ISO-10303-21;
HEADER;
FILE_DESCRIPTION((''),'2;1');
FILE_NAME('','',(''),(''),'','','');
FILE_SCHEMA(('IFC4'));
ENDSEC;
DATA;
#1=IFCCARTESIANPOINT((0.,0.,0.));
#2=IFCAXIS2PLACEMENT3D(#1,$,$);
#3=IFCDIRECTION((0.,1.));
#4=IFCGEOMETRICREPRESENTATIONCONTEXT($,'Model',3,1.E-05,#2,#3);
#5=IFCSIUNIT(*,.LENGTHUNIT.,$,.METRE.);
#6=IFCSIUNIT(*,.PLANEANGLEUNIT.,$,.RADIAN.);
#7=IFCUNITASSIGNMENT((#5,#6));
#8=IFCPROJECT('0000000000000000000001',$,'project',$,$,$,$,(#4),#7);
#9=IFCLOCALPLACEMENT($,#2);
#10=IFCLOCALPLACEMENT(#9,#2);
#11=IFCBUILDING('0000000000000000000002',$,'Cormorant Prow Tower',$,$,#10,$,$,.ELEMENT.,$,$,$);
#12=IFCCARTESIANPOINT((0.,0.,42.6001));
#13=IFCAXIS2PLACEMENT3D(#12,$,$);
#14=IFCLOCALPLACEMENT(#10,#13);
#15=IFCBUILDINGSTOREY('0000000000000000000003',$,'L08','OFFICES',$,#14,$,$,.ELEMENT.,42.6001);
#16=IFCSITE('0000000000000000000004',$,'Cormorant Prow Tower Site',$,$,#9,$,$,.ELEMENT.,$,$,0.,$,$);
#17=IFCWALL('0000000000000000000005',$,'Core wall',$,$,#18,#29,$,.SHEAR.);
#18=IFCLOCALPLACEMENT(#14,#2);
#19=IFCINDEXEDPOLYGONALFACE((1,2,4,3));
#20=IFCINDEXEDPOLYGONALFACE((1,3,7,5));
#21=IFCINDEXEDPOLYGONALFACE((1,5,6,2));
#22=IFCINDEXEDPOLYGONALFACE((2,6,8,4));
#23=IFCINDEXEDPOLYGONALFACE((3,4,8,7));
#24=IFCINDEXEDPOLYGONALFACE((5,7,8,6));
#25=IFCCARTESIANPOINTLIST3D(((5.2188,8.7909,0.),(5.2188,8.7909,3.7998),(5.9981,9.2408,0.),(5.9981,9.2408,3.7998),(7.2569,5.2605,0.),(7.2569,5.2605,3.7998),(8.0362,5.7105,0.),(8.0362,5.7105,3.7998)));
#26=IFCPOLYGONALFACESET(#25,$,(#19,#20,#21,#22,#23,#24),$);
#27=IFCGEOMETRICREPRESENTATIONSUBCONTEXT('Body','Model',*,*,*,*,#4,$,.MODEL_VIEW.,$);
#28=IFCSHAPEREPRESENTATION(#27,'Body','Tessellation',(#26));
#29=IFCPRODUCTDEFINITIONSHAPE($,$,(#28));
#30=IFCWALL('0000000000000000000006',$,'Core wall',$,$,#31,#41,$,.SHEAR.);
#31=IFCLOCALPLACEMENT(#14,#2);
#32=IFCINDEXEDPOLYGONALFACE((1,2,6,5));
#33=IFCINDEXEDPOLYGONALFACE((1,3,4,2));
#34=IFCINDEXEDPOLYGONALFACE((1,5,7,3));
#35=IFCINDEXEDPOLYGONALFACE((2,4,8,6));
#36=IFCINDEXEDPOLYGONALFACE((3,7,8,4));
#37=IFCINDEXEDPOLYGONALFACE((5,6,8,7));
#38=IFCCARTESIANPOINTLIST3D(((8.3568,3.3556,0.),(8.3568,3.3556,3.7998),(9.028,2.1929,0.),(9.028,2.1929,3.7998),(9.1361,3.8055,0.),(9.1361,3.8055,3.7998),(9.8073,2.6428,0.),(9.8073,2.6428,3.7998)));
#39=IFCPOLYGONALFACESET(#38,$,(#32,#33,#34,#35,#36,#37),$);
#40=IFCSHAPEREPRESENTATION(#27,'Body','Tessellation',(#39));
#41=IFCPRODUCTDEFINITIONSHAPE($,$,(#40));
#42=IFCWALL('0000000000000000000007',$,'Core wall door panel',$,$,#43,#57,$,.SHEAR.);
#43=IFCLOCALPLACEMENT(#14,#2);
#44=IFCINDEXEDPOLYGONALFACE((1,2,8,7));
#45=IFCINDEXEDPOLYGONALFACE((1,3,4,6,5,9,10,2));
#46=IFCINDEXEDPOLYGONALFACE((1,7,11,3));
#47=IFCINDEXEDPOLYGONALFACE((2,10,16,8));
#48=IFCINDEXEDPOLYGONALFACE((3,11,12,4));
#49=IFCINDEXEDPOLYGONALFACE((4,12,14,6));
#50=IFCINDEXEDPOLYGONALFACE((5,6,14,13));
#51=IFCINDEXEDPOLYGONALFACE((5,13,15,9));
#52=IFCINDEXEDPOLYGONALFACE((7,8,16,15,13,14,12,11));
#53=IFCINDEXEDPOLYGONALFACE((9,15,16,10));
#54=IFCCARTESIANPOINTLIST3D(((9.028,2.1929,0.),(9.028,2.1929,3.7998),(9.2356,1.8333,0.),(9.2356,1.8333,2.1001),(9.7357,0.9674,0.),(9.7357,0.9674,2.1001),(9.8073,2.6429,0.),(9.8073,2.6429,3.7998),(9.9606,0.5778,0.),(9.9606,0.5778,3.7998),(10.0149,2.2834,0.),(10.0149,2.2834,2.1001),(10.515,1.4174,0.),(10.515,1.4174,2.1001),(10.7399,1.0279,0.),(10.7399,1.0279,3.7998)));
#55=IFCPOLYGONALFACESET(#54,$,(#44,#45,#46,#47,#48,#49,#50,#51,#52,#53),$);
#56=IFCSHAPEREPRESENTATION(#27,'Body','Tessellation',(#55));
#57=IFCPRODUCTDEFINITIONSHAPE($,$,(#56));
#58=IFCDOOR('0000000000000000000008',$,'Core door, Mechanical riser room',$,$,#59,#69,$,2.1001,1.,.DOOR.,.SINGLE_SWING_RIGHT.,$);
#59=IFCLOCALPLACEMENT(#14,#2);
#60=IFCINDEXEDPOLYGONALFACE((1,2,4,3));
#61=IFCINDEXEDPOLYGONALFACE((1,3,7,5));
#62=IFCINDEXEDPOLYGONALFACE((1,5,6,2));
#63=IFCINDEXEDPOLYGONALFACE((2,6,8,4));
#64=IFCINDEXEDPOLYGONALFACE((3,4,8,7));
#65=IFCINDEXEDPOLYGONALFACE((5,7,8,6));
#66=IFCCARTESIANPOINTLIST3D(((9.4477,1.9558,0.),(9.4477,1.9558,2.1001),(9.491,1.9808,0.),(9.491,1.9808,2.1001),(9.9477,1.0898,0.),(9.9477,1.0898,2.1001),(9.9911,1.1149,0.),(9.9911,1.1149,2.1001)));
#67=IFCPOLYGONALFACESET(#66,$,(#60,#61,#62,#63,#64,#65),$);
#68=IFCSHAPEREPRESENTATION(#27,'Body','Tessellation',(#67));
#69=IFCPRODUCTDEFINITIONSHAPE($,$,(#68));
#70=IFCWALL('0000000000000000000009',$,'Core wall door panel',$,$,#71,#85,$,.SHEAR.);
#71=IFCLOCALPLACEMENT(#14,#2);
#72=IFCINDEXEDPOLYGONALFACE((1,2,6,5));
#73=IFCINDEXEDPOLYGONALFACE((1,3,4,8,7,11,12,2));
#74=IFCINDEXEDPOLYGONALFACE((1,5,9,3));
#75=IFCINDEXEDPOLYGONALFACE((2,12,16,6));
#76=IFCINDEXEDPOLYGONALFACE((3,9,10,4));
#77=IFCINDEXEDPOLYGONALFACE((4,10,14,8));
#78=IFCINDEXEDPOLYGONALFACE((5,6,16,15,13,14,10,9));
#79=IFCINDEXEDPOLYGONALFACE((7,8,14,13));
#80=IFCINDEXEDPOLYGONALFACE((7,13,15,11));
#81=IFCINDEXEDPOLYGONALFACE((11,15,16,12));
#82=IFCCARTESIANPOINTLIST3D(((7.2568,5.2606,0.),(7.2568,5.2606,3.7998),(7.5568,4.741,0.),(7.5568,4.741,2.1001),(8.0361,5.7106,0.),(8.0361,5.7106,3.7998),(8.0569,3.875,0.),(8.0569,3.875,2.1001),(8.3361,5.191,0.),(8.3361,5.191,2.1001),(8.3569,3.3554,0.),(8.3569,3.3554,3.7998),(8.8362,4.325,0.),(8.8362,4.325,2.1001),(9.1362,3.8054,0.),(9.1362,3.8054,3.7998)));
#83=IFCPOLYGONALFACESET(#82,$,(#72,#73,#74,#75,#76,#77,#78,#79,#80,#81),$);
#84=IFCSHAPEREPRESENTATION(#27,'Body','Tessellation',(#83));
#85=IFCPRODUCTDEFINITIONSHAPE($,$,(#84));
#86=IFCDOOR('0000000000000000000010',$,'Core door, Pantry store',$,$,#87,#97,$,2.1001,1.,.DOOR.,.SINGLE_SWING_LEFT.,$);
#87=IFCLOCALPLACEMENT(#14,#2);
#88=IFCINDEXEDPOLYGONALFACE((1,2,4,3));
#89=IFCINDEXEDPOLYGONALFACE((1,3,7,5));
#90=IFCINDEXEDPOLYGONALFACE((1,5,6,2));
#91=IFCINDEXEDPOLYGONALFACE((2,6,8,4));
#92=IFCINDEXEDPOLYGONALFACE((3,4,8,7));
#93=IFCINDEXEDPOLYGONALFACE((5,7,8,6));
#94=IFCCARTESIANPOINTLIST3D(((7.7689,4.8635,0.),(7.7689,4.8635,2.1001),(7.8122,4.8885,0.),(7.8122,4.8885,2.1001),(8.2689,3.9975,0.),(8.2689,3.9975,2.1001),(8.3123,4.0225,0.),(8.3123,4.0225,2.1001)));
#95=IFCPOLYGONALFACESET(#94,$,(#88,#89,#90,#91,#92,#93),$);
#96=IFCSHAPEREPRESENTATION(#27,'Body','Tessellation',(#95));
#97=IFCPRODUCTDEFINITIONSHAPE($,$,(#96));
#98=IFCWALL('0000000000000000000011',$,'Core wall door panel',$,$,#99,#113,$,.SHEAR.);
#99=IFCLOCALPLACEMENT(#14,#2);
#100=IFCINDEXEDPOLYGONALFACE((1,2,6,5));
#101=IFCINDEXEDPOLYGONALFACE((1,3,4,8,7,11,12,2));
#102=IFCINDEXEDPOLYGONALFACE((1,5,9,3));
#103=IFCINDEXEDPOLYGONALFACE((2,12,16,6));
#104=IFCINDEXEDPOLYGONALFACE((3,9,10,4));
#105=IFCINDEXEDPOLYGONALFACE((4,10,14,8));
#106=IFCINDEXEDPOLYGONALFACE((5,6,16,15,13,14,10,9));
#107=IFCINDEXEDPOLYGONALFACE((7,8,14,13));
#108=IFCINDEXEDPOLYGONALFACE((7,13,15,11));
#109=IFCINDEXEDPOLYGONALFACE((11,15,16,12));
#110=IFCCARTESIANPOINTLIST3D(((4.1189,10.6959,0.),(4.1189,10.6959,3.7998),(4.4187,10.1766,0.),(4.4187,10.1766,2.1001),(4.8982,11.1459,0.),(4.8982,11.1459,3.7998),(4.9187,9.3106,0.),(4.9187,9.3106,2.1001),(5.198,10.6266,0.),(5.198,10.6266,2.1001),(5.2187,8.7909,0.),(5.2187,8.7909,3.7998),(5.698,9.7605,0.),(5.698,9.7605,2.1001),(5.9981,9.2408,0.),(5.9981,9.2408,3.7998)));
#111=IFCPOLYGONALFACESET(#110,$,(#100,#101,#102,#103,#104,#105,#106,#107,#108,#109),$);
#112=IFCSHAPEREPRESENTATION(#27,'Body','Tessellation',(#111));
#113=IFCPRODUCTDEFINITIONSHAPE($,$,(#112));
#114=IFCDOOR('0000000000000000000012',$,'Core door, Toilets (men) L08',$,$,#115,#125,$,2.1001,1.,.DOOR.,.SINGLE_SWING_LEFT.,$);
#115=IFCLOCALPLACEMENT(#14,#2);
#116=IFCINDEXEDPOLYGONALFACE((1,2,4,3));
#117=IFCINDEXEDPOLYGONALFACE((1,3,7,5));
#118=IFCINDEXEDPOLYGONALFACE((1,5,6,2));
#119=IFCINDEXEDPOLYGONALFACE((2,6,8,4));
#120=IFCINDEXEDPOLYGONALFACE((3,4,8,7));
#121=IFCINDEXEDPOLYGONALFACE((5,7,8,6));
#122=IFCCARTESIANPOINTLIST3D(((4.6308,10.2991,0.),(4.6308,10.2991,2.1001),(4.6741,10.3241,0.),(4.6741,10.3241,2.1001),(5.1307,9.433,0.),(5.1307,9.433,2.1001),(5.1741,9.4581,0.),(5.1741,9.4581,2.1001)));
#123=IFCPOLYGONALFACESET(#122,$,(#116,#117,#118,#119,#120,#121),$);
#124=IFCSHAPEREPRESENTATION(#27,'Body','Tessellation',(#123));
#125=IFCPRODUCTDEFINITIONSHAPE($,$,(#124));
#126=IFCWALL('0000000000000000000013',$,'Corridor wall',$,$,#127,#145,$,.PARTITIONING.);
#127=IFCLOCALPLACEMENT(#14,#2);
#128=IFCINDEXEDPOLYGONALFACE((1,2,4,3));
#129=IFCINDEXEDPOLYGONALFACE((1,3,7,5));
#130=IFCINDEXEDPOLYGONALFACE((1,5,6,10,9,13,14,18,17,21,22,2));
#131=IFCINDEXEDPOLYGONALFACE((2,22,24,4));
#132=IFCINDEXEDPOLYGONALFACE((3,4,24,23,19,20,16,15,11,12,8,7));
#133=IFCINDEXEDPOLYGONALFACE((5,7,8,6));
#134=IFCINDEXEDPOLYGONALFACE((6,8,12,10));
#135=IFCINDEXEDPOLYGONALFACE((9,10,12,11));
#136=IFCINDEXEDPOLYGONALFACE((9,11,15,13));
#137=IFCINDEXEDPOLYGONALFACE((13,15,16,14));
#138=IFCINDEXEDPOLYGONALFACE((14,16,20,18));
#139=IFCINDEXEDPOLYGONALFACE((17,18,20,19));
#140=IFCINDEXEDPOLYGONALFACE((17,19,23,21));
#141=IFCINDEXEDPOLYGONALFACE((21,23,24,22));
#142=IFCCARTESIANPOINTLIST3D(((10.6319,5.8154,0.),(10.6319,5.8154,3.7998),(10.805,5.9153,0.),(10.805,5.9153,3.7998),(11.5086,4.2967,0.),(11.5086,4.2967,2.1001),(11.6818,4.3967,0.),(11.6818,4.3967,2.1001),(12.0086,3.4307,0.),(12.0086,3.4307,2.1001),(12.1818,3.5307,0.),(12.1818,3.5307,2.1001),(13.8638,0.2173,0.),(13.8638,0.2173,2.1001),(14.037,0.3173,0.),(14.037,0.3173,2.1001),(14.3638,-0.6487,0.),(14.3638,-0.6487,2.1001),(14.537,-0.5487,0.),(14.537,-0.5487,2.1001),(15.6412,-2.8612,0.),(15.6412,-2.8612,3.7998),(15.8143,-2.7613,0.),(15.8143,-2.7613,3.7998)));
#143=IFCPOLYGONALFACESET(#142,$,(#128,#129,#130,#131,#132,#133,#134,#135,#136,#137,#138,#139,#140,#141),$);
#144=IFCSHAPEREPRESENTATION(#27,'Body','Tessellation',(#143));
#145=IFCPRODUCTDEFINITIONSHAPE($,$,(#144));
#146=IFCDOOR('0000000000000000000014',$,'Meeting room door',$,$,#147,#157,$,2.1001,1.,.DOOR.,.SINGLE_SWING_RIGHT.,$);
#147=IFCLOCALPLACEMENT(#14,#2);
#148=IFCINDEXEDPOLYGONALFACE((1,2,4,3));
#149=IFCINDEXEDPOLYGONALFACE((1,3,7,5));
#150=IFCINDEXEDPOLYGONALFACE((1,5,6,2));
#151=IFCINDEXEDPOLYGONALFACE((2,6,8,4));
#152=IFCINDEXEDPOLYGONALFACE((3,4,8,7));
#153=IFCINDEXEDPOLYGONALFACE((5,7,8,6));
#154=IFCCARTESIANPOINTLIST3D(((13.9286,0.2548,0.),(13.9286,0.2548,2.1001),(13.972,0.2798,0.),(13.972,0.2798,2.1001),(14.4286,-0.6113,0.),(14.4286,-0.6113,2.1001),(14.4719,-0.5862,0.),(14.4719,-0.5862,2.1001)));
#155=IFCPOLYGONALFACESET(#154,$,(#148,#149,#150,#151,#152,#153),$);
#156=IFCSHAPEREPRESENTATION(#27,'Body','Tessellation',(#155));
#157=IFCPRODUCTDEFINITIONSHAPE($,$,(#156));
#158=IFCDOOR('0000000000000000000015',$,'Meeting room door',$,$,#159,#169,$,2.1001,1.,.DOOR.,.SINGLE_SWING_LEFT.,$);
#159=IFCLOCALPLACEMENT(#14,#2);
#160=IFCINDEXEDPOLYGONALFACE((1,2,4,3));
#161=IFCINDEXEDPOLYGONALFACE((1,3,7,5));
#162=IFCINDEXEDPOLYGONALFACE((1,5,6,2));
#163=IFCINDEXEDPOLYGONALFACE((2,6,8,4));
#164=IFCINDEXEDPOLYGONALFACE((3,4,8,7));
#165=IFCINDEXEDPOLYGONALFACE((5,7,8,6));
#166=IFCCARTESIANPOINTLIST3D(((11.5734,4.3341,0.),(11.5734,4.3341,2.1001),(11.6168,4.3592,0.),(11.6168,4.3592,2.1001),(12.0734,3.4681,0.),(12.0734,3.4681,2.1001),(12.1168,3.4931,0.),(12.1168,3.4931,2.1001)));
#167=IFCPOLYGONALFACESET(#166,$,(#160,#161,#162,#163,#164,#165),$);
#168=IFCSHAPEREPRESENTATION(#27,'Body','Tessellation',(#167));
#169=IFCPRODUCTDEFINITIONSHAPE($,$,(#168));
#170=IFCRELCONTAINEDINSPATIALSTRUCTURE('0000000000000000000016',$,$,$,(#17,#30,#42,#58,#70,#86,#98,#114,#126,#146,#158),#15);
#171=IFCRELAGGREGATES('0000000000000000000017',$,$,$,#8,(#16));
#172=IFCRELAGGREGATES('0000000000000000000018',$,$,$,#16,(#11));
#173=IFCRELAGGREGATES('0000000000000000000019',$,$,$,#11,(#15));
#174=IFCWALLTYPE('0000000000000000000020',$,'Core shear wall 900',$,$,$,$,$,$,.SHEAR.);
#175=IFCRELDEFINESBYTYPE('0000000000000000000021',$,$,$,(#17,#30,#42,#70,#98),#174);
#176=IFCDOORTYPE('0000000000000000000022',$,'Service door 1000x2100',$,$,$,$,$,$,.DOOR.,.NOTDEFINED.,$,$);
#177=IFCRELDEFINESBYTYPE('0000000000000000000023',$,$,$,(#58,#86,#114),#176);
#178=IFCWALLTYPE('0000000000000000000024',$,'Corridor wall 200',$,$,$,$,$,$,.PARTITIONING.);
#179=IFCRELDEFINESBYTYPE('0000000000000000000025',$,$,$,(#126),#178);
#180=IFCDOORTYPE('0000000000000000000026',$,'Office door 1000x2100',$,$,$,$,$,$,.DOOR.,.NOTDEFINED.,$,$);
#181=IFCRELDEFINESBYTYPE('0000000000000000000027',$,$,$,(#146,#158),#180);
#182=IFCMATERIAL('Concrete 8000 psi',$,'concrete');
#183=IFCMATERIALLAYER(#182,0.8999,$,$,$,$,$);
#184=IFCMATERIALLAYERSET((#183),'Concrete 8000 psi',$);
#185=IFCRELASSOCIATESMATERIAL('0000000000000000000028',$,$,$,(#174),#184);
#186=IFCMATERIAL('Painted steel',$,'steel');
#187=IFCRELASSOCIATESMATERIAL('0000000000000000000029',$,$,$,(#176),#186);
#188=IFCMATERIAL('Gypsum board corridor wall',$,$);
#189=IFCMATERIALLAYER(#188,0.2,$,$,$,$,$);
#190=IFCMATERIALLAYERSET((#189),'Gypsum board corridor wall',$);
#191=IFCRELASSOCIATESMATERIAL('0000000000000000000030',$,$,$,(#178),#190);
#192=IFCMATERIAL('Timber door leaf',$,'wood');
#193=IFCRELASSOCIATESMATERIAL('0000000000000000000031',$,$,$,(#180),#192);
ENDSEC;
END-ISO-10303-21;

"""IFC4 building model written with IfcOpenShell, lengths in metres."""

from ifc_helpers import new_model, si_unit, direction, frame, frame_2d, origin, place, context, subcontext, project, spatial, rectangle, extrude, material, layer, layer_set, type_object, element, fill, save


model = new_model("IFC4")

# Units and contexts
model_context = context("Model", 3, precision=1e-05, world=origin(), true_north=direction((0.0, 1.0)))
body_context = subcontext(model_context, "Body", "Model", "MODEL_VIEW")
ifc_project = project(units=[si_unit("LENGTHUNIT", "METRE"), si_unit("PLANEANGLEUNIT", "RADIAN")], contexts=[model_context])

# Site, building, storey
site_placement = place(None, origin())
site = spatial("IfcSite", under=ifc_project, at=site_placement, Name="Cormorant Prow Tower Site", CompositionType="ELEMENT", RefElevation=0.0)
building_placement = place(site_placement, origin())
building = spatial("IfcBuilding", under=site, at=building_placement, Name="Cormorant Prow Tower", CompositionType="ELEMENT")
storey_placement = place(building_placement, frame((0.0, 0.0, 42.6001)))
storey = spatial("IfcBuildingStorey", under=building, at=storey_placement, Name="L08", Description="OFFICES", CompositionType="ELEMENT", Elevation=42.6001)

# Walls
ifc_material_1 = material(Name="Concrete 8000 psi", Category="concrete")
ifc_layer_1 = layer(ifc_material_1, 0.8999)
ifc_layer_set_1 = layer_set([ifc_layer_1], Name="Concrete 8000 psi")
wall_type_1 = type_object("IfcWallType", Name="Core shear wall 900", PredefinedType="SHEAR", material=ifc_layer_set_1)
wall_1_placement = place(storey_placement, frame((7.6465, 5.4856, 0.0), z_axis=(0.0, 0.0, 1.0), x_axis=(-0.499978, 0.866038, 0.0)))
element("IfcWall", 1, at=wall_1_placement, inside=storey, type_object=wall_type_1, Name="Core wall", PredefinedType="SHEAR", context=body_context, shape_type="SweptSolid", body=[
    extrude(rectangle(XDim=4.0764, YDim=0.8999, at=frame_2d((2.0381, 0.0))), origin(), (0.0, 0.0, 1.0), 3.7998),
])
wall_2_placement = place(storey_placement, frame((9.4177, 2.4177, 0.0), z_axis=(0.0, 0.0, 1.0), x_axis=(-0.499953, 0.866052, 0.0)))
element("IfcWall", 2, at=wall_2_placement, inside=storey, type_object=wall_type_1, Name="Core wall", PredefinedType="SHEAR", context=body_context, shape_type="SweptSolid", body=[
    extrude(rectangle(XDim=1.3425, YDim=0.8999, at=frame_2d((0.6714, 0.0))), origin(), (0.0, 0.0, 1.0), 3.7998),
])

# Walls, openings, doors
wall_3_placement = place(storey_placement, frame((10.3503, 0.8027, 0.0), z_axis=(0.0, 0.0, 1.0), x_axis=(-0.500081, 0.865978, 0.0)))
wall_3 = element("IfcWall", 3, at=wall_3_placement, inside=storey, type_object=wall_type_1, Name="Core wall door panel", PredefinedType="SHEAR", context=body_context, shape_type="SweptSolid", body=[
    extrude(rectangle(XDim=1.865, YDim=0.8999, at=frame_2d((0.9326, 0.0))), origin(), (0.0, 0.0, 1.0), 3.7998),
])
opening_1_placement = place(wall_3_placement, frame((0.45, 0.0, 0.0)))
opening_1 = element("IfcOpeningElement", 4, at=opening_1_placement, cuts=wall_3, PredefinedType="OPENING", context=body_context, shape_type="SweptSolid", body=[
    extrude(rectangle(XDim=1.0, YDim=2.1001, at=frame_2d((0.5, 1.05))), frame((0.0, 0.46, 0.0), z_axis=(0.0, -1.0, 0.0), x_axis=(1.0, 0.0, 0.0)), (0.0, 0.0, 1.0), 0.9199),
])
ifc_material_2 = material(Name="Painted steel", Category="steel")
door_type_1 = type_object("IfcDoorType", Name="Service door 1000x2100", OperationType="NOTDEFINED", PredefinedType="DOOR", material=ifc_material_2)
door_1_placement = place(opening_1_placement, origin())
door_1 = element("IfcDoor", 5, at=door_1_placement, inside=storey, type_object=door_type_1, Name="Core door, Mechanical riser room", OperationType="SINGLE_SWING_RIGHT", OverallHeight=2.1001, OverallWidth=1.0, PredefinedType="DOOR", context=body_context, shape_type="SweptSolid", body=[
    extrude(rectangle(XDim=1.0, YDim=2.1001, at=frame_2d((0.5, 1.05))), frame((0.0, 0.2051, 0.0), z_axis=(0.0, -1.0, 0.0), x_axis=(1.0, 0.0, 0.0)), (0.0, 0.0, 1.0), 0.05),
])
fill(opening_1, door_1)
wall_4_placement = place(storey_placement, frame((8.7466, 3.5803, 0.0), z_axis=(0.0, 0.0, 1.0), x_axis=(-0.50003, 0.866008, 0.0)))
wall_4 = element("IfcWall", 6, at=wall_4_placement, inside=storey, type_object=wall_type_1, Name="Core wall door panel", PredefinedType="SHEAR", context=body_context, shape_type="SweptSolid", body=[
    extrude(rectangle(XDim=2.2, YDim=0.8999, at=frame_2d((1.1001, 0.0))), origin(), (0.0, 0.0, 1.0), 3.7998),
])
opening_2_placement = place(wall_4_placement, frame((0.6001, 0.0, 0.0)))
opening_2 = element("IfcOpeningElement", 7, at=opening_2_placement, cuts=wall_4, PredefinedType="OPENING", context=body_context, shape_type="SweptSolid", body=[
    extrude(rectangle(XDim=1.0, YDim=2.1001, at=frame_2d((0.5, 1.05))), frame((0.0, 0.46, 0.0), z_axis=(0.0, -1.0, 0.0), x_axis=(1.0, 0.0, 0.0)), (0.0, 0.0, 1.0), 0.9199),
])
door_2_placement = place(opening_2_placement, origin())
door_2 = element("IfcDoor", 8, at=door_2_placement, inside=storey, type_object=door_type_1, Name="Core door, Pantry store", OperationType="SINGLE_SWING_LEFT", OverallHeight=2.1001, OverallWidth=1.0, PredefinedType="DOOR", context=body_context, shape_type="SweptSolid", body=[
    extrude(rectangle(XDim=1.0, YDim=2.1001, at=frame_2d((0.5, 1.05))), frame((0.0, 0.2051, 0.0), z_axis=(0.0, -1.0, 0.0), x_axis=(1.0, 0.0, 0.0)), (0.0, 0.0, 1.0), 0.05),
])
fill(opening_2, door_2)
wall_5_placement = place(storey_placement, frame((5.6084, 9.0159, 0.0), z_axis=(0.0, 0.0, 1.0), x_axis=(-0.499995, 0.866028, 0.0)))
wall_5 = element("IfcWall", 9, at=wall_5_placement, inside=storey, type_object=wall_type_1, Name="Core wall door panel", PredefinedType="SHEAR", context=body_context, shape_type="SweptSolid", body=[
    extrude(rectangle(XDim=2.1997, YDim=0.8999, at=frame_2d((1.0999, 0.0))), origin(), (0.0, 0.0, 1.0), 3.7998),
])
opening_3_placement = place(wall_5_placement, frame((0.6001, 0.0, 0.0)))
opening_3 = element("IfcOpeningElement", 10, at=opening_3_placement, cuts=wall_5, PredefinedType="OPENING", context=body_context, shape_type="SweptSolid", body=[
    extrude(rectangle(XDim=1.0, YDim=2.1001, at=frame_2d((0.5, 1.05))), frame((0.0, 0.46, 0.0), z_axis=(0.0, -1.0, 0.0), x_axis=(1.0, 0.0, 0.0)), (0.0, 0.0, 1.0), 0.9199),
])
door_3_placement = place(opening_3_placement, origin())
door_3 = element("IfcDoor", 11, at=door_3_placement, inside=storey, type_object=door_type_1, Name="Core door, Toilets (men) L08", OperationType="SINGLE_SWING_LEFT", OverallHeight=2.1001, OverallWidth=1.0, PredefinedType="DOOR", context=body_context, shape_type="SweptSolid", body=[
    extrude(rectangle(XDim=1.0, YDim=2.1001, at=frame_2d((0.5, 1.05))), frame((0.0, 0.2051, 0.0), z_axis=(0.0, -1.0, 0.0), x_axis=(1.0, 0.0, 0.0)), (0.0, 0.0, 1.0), 0.05),
])
fill(opening_3, door_3)

# Wall, openings, doors
ifc_material_3 = material(Name="Gypsum board corridor wall")
ifc_layer_2 = layer(ifc_material_3, 0.2)
ifc_layer_set_2 = layer_set([ifc_layer_2], Name="Gypsum board corridor wall")
wall_type_2 = type_object("IfcWallType", Name="Corridor wall 200", PredefinedType="PARTITIONING", material=ifc_layer_set_2)
wall_6_placement = place(storey_placement, frame((10.7185, 5.8652, 0.0), z_axis=(0.0, 0.0, 1.0), x_axis=(0.499992, -0.86603, 0.0)))
wall_6 = element("IfcWall", 12, at=wall_6_placement, inside=storey, type_object=wall_type_2, Name="Corridor wall", PredefinedType="PARTITIONING", context=body_context, shape_type="SweptSolid", body=[
    extrude(rectangle(XDim=10.0188, YDim=0.2, at=frame_2d((5.0093, 0.0))), origin(), (0.0, 0.0, 1.0), 3.7998),
])
opening_4_placement = place(wall_6_placement, frame((6.4639, 0.0, 0.0)))
opening_4 = element("IfcOpeningElement", 13, at=opening_4_placement, cuts=wall_6, PredefinedType="OPENING", context=body_context, shape_type="SweptSolid", body=[
    extrude(rectangle(XDim=1.0, YDim=2.1001, at=frame_2d((0.5, 1.05))), frame((0.0, 0.1099, 0.0), z_axis=(0.0, -1.0, 0.0), x_axis=(1.0, 0.0, 0.0)), (0.0, 0.0, 1.0), 0.22),
])
opening_5_placement = place(wall_6_placement, frame((1.7534, 0.0, 0.0)))
opening_5 = element("IfcOpeningElement", 14, at=opening_5_placement, cuts=wall_6, PredefinedType="OPENING", context=body_context, shape_type="SweptSolid", body=[
    extrude(rectangle(XDim=1.0, YDim=2.1001, at=frame_2d((0.5, 1.05))), frame((0.0, 0.1099, 0.0), z_axis=(0.0, -1.0, 0.0), x_axis=(1.0, 0.0, 0.0)), (0.0, 0.0, 1.0), 0.22),
])
ifc_material_4 = material(Name="Timber door leaf", Category="wood")
door_type_2 = type_object("IfcDoorType", Name="Office door 1000x2100", OperationType="NOTDEFINED", PredefinedType="DOOR", material=ifc_material_4)
door_4_placement = place(opening_4_placement, origin())
door_4 = element("IfcDoor", 15, at=door_4_placement, inside=storey, type_object=door_type_2, Name="Meeting room door", OperationType="SINGLE_SWING_RIGHT", OverallHeight=2.1001, OverallWidth=1.0, PredefinedType="DOOR", context=body_context, shape_type="SweptSolid", body=[
    extrude(rectangle(XDim=1.0, YDim=2.1001, at=frame_2d((0.5, 1.05))), frame((0.0, 0.0249, 0.0), z_axis=(0.0, -1.0, 0.0), x_axis=(1.0, 0.0, 0.0)), (0.0, 0.0, 1.0), 0.05),
])
fill(opening_4, door_4)
door_5_placement = place(opening_5_placement, origin())
door_5 = element("IfcDoor", 16, at=door_5_placement, inside=storey, type_object=door_type_2, Name="Meeting room door", OperationType="SINGLE_SWING_LEFT", OverallHeight=2.1001, OverallWidth=1.0, PredefinedType="DOOR", context=body_context, shape_type="SweptSolid", body=[
    extrude(rectangle(XDim=1.0, YDim=2.1001, at=frame_2d((0.5, 1.05))), frame((0.0, 0.0249, 0.0), z_axis=(0.0, -1.0, 0.0), x_axis=(1.0, 0.0, 0.0)), (0.0, 0.0, 1.0), 0.05),
])
fill(opening_5, door_5)

save(model, "model.ifc")
